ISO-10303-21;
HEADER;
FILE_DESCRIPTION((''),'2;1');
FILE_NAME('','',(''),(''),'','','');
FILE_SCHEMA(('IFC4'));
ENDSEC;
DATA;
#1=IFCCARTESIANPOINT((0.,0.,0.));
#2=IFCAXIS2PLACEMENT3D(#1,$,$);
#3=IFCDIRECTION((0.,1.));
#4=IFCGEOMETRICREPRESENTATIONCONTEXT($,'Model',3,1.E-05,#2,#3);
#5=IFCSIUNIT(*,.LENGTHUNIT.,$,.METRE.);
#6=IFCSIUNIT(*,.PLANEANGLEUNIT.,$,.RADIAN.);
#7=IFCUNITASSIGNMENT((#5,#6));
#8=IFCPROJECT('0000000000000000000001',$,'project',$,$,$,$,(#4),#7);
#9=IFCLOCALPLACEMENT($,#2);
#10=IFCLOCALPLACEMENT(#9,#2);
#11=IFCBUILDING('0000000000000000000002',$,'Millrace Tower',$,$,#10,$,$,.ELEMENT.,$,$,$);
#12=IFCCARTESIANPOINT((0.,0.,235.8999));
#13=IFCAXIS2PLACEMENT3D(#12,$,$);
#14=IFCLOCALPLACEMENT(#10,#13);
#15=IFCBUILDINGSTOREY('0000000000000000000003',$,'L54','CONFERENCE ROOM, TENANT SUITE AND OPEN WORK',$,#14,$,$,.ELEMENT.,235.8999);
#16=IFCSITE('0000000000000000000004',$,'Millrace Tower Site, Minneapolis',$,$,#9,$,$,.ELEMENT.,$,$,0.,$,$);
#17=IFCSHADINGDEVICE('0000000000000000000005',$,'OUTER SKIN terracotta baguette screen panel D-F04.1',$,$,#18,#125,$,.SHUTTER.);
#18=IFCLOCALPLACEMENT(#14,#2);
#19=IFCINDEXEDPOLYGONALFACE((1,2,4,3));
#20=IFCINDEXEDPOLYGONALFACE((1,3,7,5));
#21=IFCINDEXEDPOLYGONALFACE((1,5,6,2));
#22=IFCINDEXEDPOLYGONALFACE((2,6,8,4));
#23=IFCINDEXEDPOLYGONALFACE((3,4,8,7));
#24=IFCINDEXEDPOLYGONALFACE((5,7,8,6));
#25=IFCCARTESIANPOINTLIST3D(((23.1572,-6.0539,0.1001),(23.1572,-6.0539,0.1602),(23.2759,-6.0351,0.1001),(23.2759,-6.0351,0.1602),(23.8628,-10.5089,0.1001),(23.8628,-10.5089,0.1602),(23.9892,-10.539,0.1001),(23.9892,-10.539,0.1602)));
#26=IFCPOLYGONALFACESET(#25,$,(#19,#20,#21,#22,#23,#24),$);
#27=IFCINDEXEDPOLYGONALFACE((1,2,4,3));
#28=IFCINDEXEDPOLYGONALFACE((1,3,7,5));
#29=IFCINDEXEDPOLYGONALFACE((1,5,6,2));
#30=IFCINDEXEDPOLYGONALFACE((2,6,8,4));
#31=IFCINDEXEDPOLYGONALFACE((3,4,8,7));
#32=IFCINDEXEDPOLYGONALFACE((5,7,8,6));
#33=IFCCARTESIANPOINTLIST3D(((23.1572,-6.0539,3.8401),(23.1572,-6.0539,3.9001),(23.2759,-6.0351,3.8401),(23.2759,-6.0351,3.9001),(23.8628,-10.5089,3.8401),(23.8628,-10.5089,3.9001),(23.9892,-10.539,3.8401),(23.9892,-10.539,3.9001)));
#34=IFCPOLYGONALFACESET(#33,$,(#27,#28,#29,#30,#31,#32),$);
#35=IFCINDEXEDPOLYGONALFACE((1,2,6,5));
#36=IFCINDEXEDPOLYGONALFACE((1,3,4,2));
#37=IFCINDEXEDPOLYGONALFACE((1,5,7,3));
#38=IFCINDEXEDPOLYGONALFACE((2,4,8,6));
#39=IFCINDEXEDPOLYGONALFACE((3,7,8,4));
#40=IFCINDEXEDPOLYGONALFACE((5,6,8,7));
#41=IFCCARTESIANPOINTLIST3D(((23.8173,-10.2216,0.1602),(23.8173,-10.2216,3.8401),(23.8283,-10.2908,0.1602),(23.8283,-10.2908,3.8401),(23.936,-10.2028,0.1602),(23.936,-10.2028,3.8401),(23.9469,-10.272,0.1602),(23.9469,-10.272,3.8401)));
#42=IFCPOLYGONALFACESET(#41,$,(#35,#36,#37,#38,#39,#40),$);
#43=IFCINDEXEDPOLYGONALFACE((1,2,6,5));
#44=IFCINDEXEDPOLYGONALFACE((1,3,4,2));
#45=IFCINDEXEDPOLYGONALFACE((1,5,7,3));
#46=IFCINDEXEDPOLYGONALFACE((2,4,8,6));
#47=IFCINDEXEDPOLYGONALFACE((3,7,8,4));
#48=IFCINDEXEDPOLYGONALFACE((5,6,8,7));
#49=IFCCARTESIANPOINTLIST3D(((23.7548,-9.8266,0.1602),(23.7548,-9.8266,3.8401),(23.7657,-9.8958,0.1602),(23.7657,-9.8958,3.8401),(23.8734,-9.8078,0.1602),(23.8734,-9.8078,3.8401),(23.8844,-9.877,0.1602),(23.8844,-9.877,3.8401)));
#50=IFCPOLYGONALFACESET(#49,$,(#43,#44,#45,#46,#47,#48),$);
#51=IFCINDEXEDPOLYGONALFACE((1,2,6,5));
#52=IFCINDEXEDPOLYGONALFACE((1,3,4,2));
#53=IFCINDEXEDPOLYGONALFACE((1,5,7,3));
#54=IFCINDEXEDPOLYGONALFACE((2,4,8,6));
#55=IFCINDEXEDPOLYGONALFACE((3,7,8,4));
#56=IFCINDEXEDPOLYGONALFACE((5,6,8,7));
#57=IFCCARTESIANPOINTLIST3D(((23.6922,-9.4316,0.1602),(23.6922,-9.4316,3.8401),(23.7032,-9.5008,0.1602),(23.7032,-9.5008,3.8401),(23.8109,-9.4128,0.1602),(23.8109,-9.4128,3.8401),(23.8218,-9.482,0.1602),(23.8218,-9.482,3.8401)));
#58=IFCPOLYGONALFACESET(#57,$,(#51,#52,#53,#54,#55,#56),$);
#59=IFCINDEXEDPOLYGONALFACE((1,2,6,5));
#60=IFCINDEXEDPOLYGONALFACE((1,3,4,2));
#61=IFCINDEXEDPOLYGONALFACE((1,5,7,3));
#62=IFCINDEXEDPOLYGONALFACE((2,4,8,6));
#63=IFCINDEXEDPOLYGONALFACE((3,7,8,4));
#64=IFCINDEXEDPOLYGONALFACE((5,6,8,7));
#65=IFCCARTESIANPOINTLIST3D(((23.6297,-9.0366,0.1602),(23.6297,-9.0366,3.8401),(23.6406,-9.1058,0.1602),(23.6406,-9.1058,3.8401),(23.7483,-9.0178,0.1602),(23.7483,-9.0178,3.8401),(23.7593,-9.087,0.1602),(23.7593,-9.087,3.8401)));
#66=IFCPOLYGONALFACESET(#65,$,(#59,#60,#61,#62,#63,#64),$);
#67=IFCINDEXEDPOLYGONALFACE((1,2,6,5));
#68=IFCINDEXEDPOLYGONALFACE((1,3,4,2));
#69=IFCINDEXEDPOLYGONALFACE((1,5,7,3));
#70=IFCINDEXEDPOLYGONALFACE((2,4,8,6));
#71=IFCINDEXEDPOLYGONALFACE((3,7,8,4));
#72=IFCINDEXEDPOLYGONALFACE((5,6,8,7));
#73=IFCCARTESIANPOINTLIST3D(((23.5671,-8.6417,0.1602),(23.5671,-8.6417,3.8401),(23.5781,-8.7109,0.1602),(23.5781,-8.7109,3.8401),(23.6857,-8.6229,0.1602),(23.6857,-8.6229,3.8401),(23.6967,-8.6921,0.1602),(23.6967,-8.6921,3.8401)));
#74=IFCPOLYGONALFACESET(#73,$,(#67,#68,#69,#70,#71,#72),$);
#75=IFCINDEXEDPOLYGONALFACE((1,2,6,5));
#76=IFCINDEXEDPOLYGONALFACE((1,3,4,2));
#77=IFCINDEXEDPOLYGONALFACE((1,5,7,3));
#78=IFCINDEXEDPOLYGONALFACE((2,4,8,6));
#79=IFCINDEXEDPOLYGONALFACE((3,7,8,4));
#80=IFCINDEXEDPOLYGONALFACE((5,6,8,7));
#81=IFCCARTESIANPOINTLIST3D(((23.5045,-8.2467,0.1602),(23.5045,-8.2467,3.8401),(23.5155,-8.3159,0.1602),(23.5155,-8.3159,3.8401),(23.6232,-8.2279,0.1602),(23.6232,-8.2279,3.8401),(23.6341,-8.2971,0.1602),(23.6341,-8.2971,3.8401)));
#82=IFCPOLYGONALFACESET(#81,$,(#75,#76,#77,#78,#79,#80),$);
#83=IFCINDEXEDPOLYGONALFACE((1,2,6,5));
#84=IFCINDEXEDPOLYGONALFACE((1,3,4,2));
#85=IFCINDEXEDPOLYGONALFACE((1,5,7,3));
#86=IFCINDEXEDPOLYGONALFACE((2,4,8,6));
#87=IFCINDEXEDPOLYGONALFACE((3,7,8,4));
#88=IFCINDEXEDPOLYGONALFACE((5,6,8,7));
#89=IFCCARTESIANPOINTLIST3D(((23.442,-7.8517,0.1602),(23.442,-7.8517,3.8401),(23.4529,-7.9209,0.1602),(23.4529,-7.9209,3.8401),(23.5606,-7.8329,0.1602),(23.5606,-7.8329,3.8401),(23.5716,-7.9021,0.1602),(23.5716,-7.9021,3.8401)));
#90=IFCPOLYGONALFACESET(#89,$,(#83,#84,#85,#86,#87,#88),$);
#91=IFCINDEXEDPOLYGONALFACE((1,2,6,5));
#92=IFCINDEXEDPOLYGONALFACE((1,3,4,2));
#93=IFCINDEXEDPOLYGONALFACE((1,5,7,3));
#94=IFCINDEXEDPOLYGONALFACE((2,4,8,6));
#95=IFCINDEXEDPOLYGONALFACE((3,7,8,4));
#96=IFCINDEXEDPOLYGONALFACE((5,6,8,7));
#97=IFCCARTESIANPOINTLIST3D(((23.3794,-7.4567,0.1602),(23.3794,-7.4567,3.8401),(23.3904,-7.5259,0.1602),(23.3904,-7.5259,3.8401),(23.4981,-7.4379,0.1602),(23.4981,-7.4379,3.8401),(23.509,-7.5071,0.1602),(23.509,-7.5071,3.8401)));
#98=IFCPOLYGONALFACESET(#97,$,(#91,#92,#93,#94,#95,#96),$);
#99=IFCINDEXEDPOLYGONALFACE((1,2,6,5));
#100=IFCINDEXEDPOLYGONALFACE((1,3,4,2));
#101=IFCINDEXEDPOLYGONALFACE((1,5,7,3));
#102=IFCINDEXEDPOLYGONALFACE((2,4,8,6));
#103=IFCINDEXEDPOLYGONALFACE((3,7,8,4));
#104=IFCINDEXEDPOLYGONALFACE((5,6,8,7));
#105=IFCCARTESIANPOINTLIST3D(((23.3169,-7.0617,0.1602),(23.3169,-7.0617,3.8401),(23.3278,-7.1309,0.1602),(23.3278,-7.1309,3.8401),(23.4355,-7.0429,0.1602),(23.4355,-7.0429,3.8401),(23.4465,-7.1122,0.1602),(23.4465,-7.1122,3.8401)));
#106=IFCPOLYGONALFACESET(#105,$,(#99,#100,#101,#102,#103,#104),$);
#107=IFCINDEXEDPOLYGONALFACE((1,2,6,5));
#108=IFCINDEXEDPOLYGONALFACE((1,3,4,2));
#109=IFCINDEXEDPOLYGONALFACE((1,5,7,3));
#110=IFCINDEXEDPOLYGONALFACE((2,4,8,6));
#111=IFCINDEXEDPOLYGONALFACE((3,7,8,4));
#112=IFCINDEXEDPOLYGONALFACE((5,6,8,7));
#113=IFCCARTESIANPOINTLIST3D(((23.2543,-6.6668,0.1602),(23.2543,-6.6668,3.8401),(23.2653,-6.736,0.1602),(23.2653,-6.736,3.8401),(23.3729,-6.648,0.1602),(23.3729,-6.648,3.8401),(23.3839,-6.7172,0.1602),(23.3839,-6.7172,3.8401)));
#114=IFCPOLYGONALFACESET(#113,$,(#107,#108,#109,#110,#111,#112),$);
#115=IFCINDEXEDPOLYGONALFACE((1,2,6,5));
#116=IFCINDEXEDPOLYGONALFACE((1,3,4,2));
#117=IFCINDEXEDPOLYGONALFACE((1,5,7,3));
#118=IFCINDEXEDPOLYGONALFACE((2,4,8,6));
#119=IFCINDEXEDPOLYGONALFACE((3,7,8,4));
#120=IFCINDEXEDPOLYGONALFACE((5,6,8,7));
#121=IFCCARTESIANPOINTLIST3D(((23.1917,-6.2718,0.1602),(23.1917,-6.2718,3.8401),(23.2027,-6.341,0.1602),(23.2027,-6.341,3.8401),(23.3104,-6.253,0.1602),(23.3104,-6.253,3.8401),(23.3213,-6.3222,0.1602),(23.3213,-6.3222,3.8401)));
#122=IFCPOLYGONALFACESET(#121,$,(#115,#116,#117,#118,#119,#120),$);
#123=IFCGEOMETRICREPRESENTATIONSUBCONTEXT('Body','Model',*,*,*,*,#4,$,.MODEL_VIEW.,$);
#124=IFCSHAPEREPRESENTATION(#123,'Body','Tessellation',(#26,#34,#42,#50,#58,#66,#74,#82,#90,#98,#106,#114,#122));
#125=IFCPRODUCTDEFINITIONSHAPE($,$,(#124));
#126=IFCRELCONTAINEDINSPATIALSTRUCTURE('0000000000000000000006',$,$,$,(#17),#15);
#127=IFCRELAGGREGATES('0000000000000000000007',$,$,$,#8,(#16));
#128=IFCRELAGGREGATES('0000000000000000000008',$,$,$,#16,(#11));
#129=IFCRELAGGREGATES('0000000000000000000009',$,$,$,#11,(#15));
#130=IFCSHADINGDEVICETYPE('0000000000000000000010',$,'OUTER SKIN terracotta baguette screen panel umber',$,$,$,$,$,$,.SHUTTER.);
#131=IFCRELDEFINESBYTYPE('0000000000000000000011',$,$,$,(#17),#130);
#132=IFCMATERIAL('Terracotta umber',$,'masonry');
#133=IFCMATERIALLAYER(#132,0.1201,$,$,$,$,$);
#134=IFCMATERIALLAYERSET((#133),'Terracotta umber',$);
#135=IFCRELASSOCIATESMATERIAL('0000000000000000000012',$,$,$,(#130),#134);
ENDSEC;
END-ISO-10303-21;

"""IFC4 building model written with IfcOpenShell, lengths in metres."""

from ifc_helpers import new_model, entity, si_unit, direction, frame, frame_2d, origin, place, context, subcontext, project, spatial, rectangle, extrude, source, transform, mapped, material, layer, layer_set, type_object, element, save


model = new_model("IFC4")

# Units and contexts
model_context = context("Model", 3, precision=1e-05, world=origin(), true_north=direction((0.0, 1.0)))
body_context = subcontext(model_context, "Body", "Model", "MODEL_VIEW")
ifc_project = project(units=[si_unit("LENGTHUNIT", "METRE"), si_unit("PLANEANGLEUNIT", "RADIAN")], contexts=[model_context])

# Site, building, storey
site_placement = place(None, origin())
site = spatial("IfcSite", under=ifc_project, at=site_placement, Name="Millrace Tower Site, Minneapolis", CompositionType="ELEMENT", RefElevation=0.0)
building_placement = place(site_placement, origin())
building = spatial("IfcBuilding", under=site, at=building_placement, Name="Millrace Tower", CompositionType="ELEMENT")
storey_placement = place(building_placement, frame((0.0, 0.0, 235.8999)))
storey = spatial("IfcBuildingStorey", under=building, at=storey_placement, Name="L54", Description="CONFERENCE ROOM, TENANT SUITE AND OPEN WORK", CompositionType="ELEMENT", Elevation=235.8999)

# Shading device
ifc_material_1 = material(Name="Terracotta umber", Category="masonry")
ifc_layer_1 = layer(ifc_material_1, 0.1201)
ifc_layer_set_1 = layer_set([ifc_layer_1], Name="Terracotta umber")
shading_device_type = type_object("IfcShadingDeviceType", Name="OUTER SKIN terracotta baguette screen panel umber", PredefinedType="SHUTTER", material=ifc_layer_set_1)
cartesian_point_1 = entity("IfcCartesianPoint", [-2.2429, 0.0601])
shared_polyline_1 = entity("IfcPolyline", [cartesian_point_1, entity("IfcCartesianPoint", [2.2676, 0.0601]), entity("IfcCartesianPoint", [2.2676, -0.0601]), entity("IfcCartesianPoint", [-2.2925, -0.0601]), cartesian_point_1])
shared_shape_1 = source(origin(), body_context, "Body", "SweptSolid", [
    entity("IfcExtrudedAreaSolid", entity("IfcArbitraryClosedProfileDef", "AREA", None, shared_polyline_1), entity("IfcAxis2Placement3D", entity("IfcCartesianPoint", [0.0, 0.0, 0.0])), entity("IfcDirection", [0.0, 0.0, 1.0]), 0.0601),
    entity("IfcExtrudedAreaSolid", entity("IfcArbitraryClosedProfileDef", "AREA", None, shared_polyline_1), entity("IfcAxis2Placement3D", entity("IfcCartesianPoint", [0.0, 0.0, 3.74])), entity("IfcDirection", [0.0, 0.0, 1.0]), 0.0601),
    extrude(rectangle(XDim=0.0701, YDim=0.1201, at=frame_2d((-1.9871, 0.0))), frame((0.0, 0.0, 0.0601)), (0.0, 0.0, 1.0), 3.6799),
    extrude(rectangle(XDim=0.0701, YDim=0.1201, at=frame_2d((-1.5872, 0.0))), frame((0.0, 0.0, 0.0601)), (0.0, 0.0, 1.0), 3.6799),
    extrude(rectangle(XDim=0.0701, YDim=0.1201, at=frame_2d((-1.1873, 0.0))), frame((0.0, 0.0, 0.0601)), (0.0, 0.0, 1.0), 3.6799),
    extrude(rectangle(XDim=0.0701, YDim=0.1201, at=frame_2d((-0.7874, 0.0))), frame((0.0, 0.0, 0.0601)), (0.0, 0.0, 1.0), 3.6799),
    extrude(rectangle(XDim=0.0701, YDim=0.1201, at=frame_2d((-0.3875, 0.0))), frame((0.0, 0.0, 0.0601)), (0.0, 0.0, 1.0), 3.6799),
    extrude(rectangle(XDim=0.0701, YDim=0.1201, at=frame_2d((0.0125, 0.0))), frame((0.0, 0.0, 0.0601)), (0.0, 0.0, 1.0), 3.6799),
    extrude(rectangle(XDim=0.0701, YDim=0.1201, at=frame_2d((0.4124, 0.0))), frame((0.0, 0.0, 0.0601)), (0.0, 0.0, 1.0), 3.6799),
    extrude(rectangle(XDim=0.0701, YDim=0.1201, at=frame_2d((0.8123, 0.0))), frame((0.0, 0.0, 0.0601)), (0.0, 0.0, 1.0), 3.6799),
    extrude(rectangle(XDim=0.0701, YDim=0.1201, at=frame_2d((1.2122, 0.0))), frame((0.0, 0.0, 0.0601)), (0.0, 0.0, 1.0), 3.6799),
    extrude(rectangle(XDim=0.0701, YDim=0.1201, at=frame_2d((1.6121, 0.0))), frame((0.0, 0.0, 0.0601)), (0.0, 0.0, 1.0), 3.6799),
    extrude(rectangle(XDim=0.0701, YDim=0.1201, at=frame_2d((2.012, 0.0))), frame((0.0, 0.0, 0.0601)), (0.0, 0.0, 1.0), 3.6799),
])
shading_device_1_placement = place(storey_placement, frame((23.5713, -8.2842, 0.1001), z_axis=(0.0, 0.0, 1.0), x_axis=(-0.156434, 0.987688, 0.0)))
element("IfcShadingDevice", 1, at=shading_device_1_placement, inside=storey, type_object=shading_device_type, Name="OUTER SKIN terracotta baguette screen panel D-F04.1", PredefinedType="SHUTTER", context=body_context, shape_type="MappedRepresentation", body=[
    mapped(shared_shape_1, transform((0.0, 0.0, 0.0), scale=1.0)),
])

save(model, "model.ifc")
